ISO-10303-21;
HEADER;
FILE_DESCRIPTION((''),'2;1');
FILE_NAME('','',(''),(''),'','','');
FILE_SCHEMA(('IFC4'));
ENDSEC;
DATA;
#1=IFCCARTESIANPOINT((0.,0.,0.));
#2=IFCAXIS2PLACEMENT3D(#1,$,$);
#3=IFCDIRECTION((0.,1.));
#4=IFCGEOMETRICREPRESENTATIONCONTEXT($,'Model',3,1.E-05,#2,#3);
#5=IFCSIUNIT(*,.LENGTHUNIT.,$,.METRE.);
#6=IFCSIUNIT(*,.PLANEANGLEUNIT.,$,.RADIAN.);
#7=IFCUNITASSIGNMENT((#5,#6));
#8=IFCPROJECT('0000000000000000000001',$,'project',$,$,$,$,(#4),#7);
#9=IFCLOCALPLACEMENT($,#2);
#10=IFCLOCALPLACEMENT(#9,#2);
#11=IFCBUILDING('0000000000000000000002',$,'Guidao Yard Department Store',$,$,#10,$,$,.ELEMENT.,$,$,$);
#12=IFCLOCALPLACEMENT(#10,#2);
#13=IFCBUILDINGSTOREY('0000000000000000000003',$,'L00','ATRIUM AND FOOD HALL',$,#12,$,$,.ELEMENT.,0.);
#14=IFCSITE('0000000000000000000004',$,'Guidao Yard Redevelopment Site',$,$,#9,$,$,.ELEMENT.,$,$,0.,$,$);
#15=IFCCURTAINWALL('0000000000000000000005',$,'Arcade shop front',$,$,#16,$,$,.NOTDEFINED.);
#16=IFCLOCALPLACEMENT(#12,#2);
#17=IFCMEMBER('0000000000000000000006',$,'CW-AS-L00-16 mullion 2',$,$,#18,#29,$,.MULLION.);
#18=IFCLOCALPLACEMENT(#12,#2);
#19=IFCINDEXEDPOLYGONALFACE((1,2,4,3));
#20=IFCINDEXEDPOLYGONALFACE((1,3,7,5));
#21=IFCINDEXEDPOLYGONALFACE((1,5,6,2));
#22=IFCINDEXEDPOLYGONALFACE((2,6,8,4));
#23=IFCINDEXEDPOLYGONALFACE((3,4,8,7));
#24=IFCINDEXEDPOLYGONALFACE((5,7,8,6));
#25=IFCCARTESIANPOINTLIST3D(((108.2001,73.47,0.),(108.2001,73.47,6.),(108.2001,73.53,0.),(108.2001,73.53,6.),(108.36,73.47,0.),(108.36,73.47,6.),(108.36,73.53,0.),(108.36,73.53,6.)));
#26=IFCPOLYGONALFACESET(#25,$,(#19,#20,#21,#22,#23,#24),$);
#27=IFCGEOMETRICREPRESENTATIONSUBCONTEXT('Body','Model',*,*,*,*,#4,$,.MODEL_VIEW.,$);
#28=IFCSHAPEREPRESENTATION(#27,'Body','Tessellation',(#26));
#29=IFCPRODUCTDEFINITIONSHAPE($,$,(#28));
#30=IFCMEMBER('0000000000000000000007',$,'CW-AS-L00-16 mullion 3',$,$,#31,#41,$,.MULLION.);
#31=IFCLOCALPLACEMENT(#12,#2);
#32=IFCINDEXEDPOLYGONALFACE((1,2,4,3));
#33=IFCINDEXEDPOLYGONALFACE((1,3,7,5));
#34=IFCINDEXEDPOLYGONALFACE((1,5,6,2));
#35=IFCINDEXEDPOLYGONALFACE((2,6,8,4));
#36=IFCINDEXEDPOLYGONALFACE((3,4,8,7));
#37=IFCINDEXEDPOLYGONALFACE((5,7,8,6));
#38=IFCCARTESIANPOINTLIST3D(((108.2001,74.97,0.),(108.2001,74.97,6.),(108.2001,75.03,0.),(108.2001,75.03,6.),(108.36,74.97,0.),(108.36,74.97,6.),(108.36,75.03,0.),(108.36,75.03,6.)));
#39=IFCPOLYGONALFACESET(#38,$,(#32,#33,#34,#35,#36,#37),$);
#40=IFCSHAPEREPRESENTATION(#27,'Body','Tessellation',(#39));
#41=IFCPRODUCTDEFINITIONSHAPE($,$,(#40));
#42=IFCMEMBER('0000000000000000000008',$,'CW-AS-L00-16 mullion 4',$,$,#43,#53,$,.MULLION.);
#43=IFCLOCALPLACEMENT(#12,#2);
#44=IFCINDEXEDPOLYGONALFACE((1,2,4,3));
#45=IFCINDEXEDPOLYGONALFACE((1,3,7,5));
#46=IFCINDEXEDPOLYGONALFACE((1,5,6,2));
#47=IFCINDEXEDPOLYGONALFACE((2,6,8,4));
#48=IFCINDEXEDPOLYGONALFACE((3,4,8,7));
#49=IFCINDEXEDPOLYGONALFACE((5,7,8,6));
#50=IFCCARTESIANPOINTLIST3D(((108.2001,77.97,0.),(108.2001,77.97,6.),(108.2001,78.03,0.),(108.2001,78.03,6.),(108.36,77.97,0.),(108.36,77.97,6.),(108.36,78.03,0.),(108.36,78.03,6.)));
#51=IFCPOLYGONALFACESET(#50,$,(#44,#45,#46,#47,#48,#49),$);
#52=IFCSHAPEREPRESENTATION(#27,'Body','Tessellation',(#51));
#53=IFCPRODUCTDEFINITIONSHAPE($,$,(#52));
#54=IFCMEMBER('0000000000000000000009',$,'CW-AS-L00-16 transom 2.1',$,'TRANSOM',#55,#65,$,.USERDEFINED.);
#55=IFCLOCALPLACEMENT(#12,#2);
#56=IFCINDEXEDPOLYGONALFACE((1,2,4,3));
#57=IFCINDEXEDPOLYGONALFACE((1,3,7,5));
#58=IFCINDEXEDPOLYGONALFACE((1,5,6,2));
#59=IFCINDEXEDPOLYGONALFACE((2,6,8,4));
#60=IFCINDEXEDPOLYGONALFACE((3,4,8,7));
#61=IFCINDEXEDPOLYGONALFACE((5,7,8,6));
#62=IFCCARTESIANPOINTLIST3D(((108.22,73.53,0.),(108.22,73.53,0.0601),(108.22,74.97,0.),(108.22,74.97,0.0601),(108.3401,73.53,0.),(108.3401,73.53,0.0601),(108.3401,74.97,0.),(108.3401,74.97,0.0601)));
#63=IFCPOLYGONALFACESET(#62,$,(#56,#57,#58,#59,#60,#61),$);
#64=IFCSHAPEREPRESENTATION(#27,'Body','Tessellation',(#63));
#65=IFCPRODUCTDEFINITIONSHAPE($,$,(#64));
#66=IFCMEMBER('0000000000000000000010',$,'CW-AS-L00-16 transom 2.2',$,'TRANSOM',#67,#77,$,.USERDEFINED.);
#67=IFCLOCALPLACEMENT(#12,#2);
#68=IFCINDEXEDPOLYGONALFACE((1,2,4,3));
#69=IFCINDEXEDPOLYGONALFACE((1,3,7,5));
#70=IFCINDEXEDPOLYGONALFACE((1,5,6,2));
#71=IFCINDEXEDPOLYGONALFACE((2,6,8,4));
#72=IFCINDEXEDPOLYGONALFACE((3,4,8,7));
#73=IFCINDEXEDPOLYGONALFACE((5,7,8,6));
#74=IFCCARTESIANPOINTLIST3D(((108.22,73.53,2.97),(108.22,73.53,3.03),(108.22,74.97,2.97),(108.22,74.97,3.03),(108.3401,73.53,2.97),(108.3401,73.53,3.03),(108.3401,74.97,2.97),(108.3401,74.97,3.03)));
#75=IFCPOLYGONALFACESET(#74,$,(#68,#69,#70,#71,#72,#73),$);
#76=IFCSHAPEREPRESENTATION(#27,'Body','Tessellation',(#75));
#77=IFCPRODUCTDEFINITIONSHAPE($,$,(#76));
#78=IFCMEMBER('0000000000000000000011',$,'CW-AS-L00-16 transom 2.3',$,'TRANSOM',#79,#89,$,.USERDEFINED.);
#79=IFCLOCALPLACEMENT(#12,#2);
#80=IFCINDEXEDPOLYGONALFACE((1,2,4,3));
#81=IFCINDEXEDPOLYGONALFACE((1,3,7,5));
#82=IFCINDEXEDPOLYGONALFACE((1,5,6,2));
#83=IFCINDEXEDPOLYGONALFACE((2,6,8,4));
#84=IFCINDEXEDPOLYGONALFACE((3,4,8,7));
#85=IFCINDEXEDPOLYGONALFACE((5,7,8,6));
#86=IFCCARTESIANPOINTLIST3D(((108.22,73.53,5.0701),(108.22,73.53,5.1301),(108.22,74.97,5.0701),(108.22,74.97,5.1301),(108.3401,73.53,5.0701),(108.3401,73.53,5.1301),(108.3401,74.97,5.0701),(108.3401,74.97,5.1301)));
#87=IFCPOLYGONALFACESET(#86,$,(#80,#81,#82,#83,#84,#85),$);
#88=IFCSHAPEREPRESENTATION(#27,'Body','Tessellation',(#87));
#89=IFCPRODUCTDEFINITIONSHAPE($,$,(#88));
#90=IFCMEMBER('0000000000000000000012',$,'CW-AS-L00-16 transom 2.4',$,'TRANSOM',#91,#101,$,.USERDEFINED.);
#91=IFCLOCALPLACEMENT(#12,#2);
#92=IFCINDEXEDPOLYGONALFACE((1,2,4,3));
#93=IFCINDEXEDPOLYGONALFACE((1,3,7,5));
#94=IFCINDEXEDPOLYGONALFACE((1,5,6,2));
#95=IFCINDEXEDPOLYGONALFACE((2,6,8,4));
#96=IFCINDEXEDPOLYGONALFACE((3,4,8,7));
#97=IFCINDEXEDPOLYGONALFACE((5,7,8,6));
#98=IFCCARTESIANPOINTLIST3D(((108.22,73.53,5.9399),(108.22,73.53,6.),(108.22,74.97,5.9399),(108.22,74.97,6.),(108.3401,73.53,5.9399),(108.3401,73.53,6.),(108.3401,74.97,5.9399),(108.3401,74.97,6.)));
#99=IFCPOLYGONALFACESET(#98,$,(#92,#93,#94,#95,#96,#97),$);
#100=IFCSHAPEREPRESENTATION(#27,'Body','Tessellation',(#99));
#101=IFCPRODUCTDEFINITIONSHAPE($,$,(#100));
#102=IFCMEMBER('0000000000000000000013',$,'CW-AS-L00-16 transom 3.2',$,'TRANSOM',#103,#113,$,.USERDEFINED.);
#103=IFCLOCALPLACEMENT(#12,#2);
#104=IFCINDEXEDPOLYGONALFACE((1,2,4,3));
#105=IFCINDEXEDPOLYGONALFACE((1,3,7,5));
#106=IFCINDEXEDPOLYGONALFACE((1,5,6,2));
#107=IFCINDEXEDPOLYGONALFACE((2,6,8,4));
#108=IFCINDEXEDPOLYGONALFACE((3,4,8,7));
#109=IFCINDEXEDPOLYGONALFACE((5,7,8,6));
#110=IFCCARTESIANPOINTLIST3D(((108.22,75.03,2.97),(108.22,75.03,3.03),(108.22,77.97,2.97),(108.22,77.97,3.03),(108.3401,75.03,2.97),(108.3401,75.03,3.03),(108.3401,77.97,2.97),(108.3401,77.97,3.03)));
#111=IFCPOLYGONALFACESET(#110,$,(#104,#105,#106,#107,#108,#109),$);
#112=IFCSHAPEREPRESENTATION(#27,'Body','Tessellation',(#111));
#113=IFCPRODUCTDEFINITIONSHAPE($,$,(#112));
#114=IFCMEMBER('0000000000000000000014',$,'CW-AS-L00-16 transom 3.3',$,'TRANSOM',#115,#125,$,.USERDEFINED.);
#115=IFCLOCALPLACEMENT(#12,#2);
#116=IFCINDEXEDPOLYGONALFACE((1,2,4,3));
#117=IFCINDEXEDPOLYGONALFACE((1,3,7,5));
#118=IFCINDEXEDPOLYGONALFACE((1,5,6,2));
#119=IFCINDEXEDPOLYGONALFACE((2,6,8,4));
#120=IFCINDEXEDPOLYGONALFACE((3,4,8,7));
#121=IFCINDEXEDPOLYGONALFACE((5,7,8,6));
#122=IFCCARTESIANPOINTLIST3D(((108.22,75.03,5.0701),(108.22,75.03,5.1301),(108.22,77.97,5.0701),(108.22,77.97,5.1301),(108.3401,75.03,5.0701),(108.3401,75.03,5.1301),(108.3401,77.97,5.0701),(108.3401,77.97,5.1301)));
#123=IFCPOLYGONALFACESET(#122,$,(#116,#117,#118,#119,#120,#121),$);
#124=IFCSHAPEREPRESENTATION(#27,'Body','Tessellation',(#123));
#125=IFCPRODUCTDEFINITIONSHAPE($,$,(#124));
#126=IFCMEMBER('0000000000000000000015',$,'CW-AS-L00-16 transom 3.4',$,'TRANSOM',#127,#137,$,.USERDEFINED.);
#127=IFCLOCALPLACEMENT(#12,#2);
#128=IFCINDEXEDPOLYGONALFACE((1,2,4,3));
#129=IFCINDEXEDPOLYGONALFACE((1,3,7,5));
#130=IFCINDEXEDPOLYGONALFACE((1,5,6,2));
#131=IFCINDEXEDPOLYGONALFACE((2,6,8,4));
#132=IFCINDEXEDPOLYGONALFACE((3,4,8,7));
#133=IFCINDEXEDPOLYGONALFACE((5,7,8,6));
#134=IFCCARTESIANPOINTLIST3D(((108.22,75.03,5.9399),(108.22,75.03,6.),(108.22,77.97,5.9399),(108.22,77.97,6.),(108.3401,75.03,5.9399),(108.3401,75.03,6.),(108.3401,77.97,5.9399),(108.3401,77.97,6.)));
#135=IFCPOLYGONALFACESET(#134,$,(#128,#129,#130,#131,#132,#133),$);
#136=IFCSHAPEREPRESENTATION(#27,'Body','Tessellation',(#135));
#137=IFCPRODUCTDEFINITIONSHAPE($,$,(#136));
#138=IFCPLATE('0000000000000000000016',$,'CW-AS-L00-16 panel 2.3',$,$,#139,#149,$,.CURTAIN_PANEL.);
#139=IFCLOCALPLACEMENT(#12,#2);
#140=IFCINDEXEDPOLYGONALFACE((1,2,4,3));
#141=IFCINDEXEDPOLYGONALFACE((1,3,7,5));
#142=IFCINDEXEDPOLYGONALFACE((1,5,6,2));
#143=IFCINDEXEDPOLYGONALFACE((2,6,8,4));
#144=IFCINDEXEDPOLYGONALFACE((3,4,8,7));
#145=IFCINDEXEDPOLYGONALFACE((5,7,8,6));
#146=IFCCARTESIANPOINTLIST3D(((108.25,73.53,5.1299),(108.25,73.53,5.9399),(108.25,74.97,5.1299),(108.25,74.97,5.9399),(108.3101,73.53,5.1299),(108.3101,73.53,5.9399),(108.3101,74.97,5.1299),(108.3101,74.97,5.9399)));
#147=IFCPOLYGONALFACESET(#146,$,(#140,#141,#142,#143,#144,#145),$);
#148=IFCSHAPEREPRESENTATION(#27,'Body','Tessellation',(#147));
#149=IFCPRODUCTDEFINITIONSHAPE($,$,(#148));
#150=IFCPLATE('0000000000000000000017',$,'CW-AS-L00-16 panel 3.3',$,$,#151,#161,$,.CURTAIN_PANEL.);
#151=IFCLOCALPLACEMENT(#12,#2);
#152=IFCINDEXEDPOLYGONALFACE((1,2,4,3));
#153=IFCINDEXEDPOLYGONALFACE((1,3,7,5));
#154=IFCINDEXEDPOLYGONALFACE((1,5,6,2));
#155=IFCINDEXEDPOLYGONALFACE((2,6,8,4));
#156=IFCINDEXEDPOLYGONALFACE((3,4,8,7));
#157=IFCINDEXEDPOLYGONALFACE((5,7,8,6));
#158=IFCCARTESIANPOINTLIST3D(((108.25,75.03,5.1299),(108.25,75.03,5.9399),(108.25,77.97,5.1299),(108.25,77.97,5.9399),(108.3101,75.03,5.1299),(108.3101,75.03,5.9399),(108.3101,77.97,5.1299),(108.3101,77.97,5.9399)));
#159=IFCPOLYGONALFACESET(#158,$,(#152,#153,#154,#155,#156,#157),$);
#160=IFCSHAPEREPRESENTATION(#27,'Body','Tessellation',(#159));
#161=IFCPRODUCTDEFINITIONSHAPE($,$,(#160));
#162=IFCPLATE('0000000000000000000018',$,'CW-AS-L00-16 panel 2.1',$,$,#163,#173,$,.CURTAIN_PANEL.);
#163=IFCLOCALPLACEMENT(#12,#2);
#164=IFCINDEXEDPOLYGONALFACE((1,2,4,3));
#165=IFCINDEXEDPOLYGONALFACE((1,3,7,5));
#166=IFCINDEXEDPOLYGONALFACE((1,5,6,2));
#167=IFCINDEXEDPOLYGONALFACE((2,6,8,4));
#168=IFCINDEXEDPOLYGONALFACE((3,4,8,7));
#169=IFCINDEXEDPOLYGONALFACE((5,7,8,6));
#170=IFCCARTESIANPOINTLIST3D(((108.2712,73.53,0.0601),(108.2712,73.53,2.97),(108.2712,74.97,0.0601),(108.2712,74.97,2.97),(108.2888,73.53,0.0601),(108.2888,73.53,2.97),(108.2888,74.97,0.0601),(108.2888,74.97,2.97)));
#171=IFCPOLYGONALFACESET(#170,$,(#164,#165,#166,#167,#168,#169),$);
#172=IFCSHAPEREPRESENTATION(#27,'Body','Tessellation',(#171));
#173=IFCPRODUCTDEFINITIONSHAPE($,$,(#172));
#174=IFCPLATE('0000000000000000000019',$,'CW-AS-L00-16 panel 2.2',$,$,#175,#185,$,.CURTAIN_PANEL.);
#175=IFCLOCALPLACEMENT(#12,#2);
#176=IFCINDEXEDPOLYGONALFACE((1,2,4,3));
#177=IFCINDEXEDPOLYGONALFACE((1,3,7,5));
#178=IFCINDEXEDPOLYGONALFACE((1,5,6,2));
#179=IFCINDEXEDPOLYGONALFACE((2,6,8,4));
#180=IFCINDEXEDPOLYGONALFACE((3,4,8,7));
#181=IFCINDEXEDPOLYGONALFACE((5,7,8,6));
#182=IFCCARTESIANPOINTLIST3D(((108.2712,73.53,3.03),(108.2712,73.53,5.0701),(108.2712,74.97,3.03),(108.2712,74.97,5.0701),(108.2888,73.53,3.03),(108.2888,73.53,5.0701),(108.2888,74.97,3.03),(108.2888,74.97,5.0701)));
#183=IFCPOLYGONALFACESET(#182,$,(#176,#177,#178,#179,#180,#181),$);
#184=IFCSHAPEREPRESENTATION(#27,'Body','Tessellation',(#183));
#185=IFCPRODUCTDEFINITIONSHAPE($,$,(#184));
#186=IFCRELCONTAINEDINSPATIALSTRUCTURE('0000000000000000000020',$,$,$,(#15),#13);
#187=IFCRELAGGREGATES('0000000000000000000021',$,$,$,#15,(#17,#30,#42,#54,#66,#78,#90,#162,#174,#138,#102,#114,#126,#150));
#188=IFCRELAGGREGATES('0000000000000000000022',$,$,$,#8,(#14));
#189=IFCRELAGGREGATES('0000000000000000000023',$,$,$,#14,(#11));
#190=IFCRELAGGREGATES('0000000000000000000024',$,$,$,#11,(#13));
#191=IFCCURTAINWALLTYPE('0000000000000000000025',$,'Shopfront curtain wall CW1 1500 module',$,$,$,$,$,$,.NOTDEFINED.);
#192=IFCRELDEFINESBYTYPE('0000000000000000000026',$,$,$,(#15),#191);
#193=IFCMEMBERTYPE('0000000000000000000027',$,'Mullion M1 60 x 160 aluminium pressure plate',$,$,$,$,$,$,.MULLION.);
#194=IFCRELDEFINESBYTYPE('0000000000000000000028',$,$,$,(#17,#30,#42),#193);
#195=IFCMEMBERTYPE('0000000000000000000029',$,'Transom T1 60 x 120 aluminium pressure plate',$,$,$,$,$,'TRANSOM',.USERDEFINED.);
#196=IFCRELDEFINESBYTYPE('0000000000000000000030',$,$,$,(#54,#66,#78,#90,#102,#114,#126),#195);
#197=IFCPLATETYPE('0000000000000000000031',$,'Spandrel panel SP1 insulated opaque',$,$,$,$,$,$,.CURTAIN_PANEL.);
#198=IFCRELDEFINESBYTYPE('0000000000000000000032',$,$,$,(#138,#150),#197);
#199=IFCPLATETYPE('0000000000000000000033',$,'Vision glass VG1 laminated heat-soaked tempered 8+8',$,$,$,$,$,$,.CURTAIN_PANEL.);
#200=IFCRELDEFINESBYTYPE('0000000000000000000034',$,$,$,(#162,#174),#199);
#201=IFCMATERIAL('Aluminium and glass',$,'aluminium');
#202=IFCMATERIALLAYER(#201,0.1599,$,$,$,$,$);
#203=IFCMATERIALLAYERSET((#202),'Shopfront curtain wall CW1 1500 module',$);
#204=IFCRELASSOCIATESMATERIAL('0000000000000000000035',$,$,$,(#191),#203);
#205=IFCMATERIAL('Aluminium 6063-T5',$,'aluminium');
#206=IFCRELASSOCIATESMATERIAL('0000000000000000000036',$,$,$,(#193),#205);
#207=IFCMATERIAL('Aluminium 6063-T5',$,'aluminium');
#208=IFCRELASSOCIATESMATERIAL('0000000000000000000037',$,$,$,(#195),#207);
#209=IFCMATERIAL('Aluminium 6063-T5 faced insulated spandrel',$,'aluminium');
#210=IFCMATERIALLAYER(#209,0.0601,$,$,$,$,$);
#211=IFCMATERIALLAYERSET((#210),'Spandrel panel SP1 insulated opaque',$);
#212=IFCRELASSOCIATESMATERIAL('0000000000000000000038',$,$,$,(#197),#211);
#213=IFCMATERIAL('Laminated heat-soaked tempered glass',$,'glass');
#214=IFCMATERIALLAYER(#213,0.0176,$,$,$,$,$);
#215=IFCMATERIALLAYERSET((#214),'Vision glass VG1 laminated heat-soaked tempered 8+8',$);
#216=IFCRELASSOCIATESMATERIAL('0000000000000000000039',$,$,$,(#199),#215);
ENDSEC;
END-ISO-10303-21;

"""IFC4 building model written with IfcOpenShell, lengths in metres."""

from ifc_helpers import new_model, si_unit, direction, frame, origin, origin_2d, place, context, subcontext, project, spatial, rectangle, extrude, material, layer, layer_set, material_profile, profile_set, type_object, element, aggregate, save


model = new_model("IFC4")

# Units and contexts
model_context = context("Model", 3, precision=1e-05, world=origin(), true_north=direction((0.0, 1.0)))
body_context = subcontext(model_context, "Body", "Model", "MODEL_VIEW")
ifc_project = project(units=[si_unit("LENGTHUNIT", "METRE"), si_unit("PLANEANGLEUNIT", "RADIAN")], contexts=[model_context])

# Site, building, storey
site_placement = place(None, origin())
site = spatial("IfcSite", under=ifc_project, at=site_placement, Name="Guidao Yard Redevelopment Site", CompositionType="ELEMENT", RefElevation=0.0)
building_placement = place(site_placement, origin())
building = spatial("IfcBuilding", under=site, at=building_placement, Name="Guidao Yard Department Store", CompositionType="ELEMENT")
storey_placement = place(building_placement, origin())
storey = spatial("IfcBuildingStorey", under=building, at=storey_placement, Name="L00", Description="ATRIUM AND FOOD HALL", CompositionType="ELEMENT", Elevation=0.0)

# Curtain wall, members, plates
ifc_material_1 = material(Name="Aluminium and glass", Category="aluminium")
ifc_layer_1 = layer(ifc_material_1, 0.1599)
ifc_layer_set_1 = layer_set([ifc_layer_1], Name="Shopfront curtain wall CW1 1500 module")
curtain_wall_type = type_object("IfcCurtainWallType", Name="Shopfront curtain wall CW1 1500 module", PredefinedType="NOTDEFINED", material=ifc_layer_set_1)
curtain_wall_placement = place(storey_placement, origin())
curtain_wall = element("IfcCurtainWall", 1, at=curtain_wall_placement, inside=storey, type_object=curtain_wall_type, Name="Arcade shop front", PredefinedType="NOTDEFINED")
ifc_material_2 = material(Name="Aluminium 6063-T5", Category="aluminium")
ifc_material_profile_1 = material_profile(ifc_material_2, rectangle(XDim=0.0601, YDim=0.1599, at=origin_2d()), Name="Mullion M1 60 x 160 aluminium pressure plate")
ifc_profile_set_1 = profile_set([ifc_material_profile_1], Name="Aluminium 6063-T5")
member_type_1 = type_object("IfcMemberType", Name="Mullion M1 60 x 160 aluminium pressure plate", PredefinedType="MULLION", material=ifc_profile_set_1)
member_1_placement = place(storey_placement, frame((108.28, 73.5, 0.0), z_axis=(0.0, 0.0, 1.0), x_axis=(0.0, -1.0, 0.0)))
member_1 = element("IfcMember", 2, at=member_1_placement, type_object=member_type_1, Name="CW-AS-L00-16 mullion 2", PredefinedType="MULLION", context=body_context, shape_type="SweptSolid", body=[
    extrude(rectangle(XDim=0.0601, YDim=0.1599, at=origin_2d()), origin(), (0.0, 0.0, 1.0), 6.0),
])
member_2_placement = place(storey_placement, frame((108.28, 75.0, 0.0), z_axis=(0.0, 0.0, 1.0), x_axis=(0.0, -1.0, 0.0)))
member_2 = element("IfcMember", 3, at=member_2_placement, type_object=member_type_1, Name="CW-AS-L00-16 mullion 3", PredefinedType="MULLION", context=body_context, shape_type="SweptSolid", body=[
    extrude(rectangle(XDim=0.0601, YDim=0.1599, at=origin_2d()), origin(), (0.0, 0.0, 1.0), 6.0),
])
member_3_placement = place(storey_placement, frame((108.28, 78.0, 0.0), z_axis=(0.0, 0.0, 1.0), x_axis=(0.0, -1.0, 0.0)))
member_3 = element("IfcMember", 4, at=member_3_placement, type_object=member_type_1, Name="CW-AS-L00-16 mullion 4", PredefinedType="MULLION", context=body_context, shape_type="SweptSolid", body=[
    extrude(rectangle(XDim=0.0601, YDim=0.1599, at=origin_2d()), origin(), (0.0, 0.0, 1.0), 6.0),
])
ifc_material_3 = material(Name="Aluminium 6063-T5", Category="aluminium")
ifc_material_profile_2 = material_profile(ifc_material_3, rectangle(XDim=0.1201, YDim=0.0601, at=origin_2d()), Name="Transom T1 60 x 120 aluminium pressure plate")
ifc_profile_set_2 = profile_set([ifc_material_profile_2], Name="Aluminium 6063-T5")
member_type_2 = type_object("IfcMemberType", Name="Transom T1 60 x 120 aluminium pressure plate", ElementType="TRANSOM", PredefinedType="USERDEFINED", material=ifc_profile_set_2)
member_4_placement = place(storey_placement, frame((108.28, 74.97, 0.03), z_axis=(0.0, -1.0, 0.0), x_axis=(1.0, 0.0, 0.0)))
member_4 = element("IfcMember", 5, at=member_4_placement, type_object=member_type_2, Name="CW-AS-L00-16 transom 2.1", ObjectType="TRANSOM", PredefinedType="USERDEFINED", context=body_context, shape_type="SweptSolid", body=[
    extrude(rectangle(XDim=0.1201, YDim=0.0601, at=origin_2d()), origin(), (0.0, 0.0, 1.0), 1.4399),
])
member_5_placement = place(storey_placement, frame((108.28, 74.97, 3.0), z_axis=(0.0, -1.0, 0.0), x_axis=(1.0, 0.0, 0.0)))
member_5 = element("IfcMember", 6, at=member_5_placement, type_object=member_type_2, Name="CW-AS-L00-16 transom 2.2", ObjectType="TRANSOM", PredefinedType="USERDEFINED", context=body_context, shape_type="SweptSolid", body=[
    extrude(rectangle(XDim=0.1201, YDim=0.0601, at=origin_2d()), origin(), (0.0, 0.0, 1.0), 1.4399),
])
member_6_placement = place(storey_placement, frame((108.28, 74.97, 5.1001), z_axis=(0.0, -1.0, 0.0), x_axis=(1.0, 0.0, 0.0)))
member_6 = element("IfcMember", 7, at=member_6_placement, type_object=member_type_2, Name="CW-AS-L00-16 transom 2.3", ObjectType="TRANSOM", PredefinedType="USERDEFINED", context=body_context, shape_type="SweptSolid", body=[
    extrude(rectangle(XDim=0.1201, YDim=0.0601, at=origin_2d()), origin(), (0.0, 0.0, 1.0), 1.4399),
])
member_7_placement = place(storey_placement, frame((108.28, 74.97, 5.97), z_axis=(0.0, -1.0, 0.0), x_axis=(1.0, 0.0, 0.0)))
member_7 = element("IfcMember", 8, at=member_7_placement, type_object=member_type_2, Name="CW-AS-L00-16 transom 2.4", ObjectType="TRANSOM", PredefinedType="USERDEFINED", context=body_context, shape_type="SweptSolid", body=[
    extrude(rectangle(XDim=0.1201, YDim=0.0601, at=origin_2d()), origin(), (0.0, 0.0, 1.0), 1.4399),
])
member_8_placement = place(storey_placement, frame((108.28, 77.97, 3.0), z_axis=(0.0, -1.0, 0.0), x_axis=(1.0, 0.0, 0.0)))
member_8 = element("IfcMember", 9, at=member_8_placement, type_object=member_type_2, Name="CW-AS-L00-16 transom 3.2", ObjectType="TRANSOM", PredefinedType="USERDEFINED", context=body_context, shape_type="SweptSolid", body=[
    extrude(rectangle(XDim=0.1201, YDim=0.0601, at=origin_2d()), origin(), (0.0, 0.0, 1.0), 2.9399),
])
member_9_placement = place(storey_placement, frame((108.28, 77.97, 5.1001), z_axis=(0.0, -1.0, 0.0), x_axis=(1.0, 0.0, 0.0)))
member_9 = element("IfcMember", 10, at=member_9_placement, type_object=member_type_2, Name="CW-AS-L00-16 transom 3.3", ObjectType="TRANSOM", PredefinedType="USERDEFINED", context=body_context, shape_type="SweptSolid", body=[
    extrude(rectangle(XDim=0.1201, YDim=0.0601, at=origin_2d()), origin(), (0.0, 0.0, 1.0), 2.9399),
])
member_10_placement = place(storey_placement, frame((108.28, 77.97, 5.97), z_axis=(0.0, -1.0, 0.0), x_axis=(1.0, 0.0, 0.0)))
member_10 = element("IfcMember", 11, at=member_10_placement, type_object=member_type_2, Name="CW-AS-L00-16 transom 3.4", ObjectType="TRANSOM", PredefinedType="USERDEFINED", context=body_context, shape_type="SweptSolid", body=[
    extrude(rectangle(XDim=0.1201, YDim=0.0601, at=origin_2d()), origin(), (0.0, 0.0, 1.0), 2.9399),
])
ifc_material_4 = material(Name="Aluminium 6063-T5 faced insulated spandrel", Category="aluminium")
ifc_layer_2 = layer(ifc_material_4, 0.0601)
ifc_layer_set_2 = layer_set([ifc_layer_2], Name="Spandrel panel SP1 insulated opaque")
plate_type_1 = type_object("IfcPlateType", Name="Spandrel panel SP1 insulated opaque", PredefinedType="CURTAIN_PANEL", material=ifc_layer_set_2)
plate_1_placement = place(storey_placement, frame((108.28, 74.25, 5.1299), z_axis=(0.0, 0.0, 1.0), x_axis=(0.0, -1.0, 0.0)))
plate_1 = element("IfcPlate", 12, at=plate_1_placement, type_object=plate_type_1, Name="CW-AS-L00-16 panel 2.3", PredefinedType="CURTAIN_PANEL", context=body_context, shape_type="SweptSolid", body=[
    extrude(rectangle(XDim=1.4399, YDim=0.0601, at=origin_2d()), origin(), (0.0, 0.0, 1.0), 0.8101),
])
plate_2_placement = place(storey_placement, frame((108.28, 76.5, 5.1299), z_axis=(0.0, 0.0, 1.0), x_axis=(0.0, -1.0, 0.0)))
plate_2 = element("IfcPlate", 13, at=plate_2_placement, type_object=plate_type_1, Name="CW-AS-L00-16 panel 3.3", PredefinedType="CURTAIN_PANEL", context=body_context, shape_type="SweptSolid", body=[
    extrude(rectangle(XDim=2.9399, YDim=0.0601, at=origin_2d()), origin(), (0.0, 0.0, 1.0), 0.8101),
])
ifc_material_5 = material(Name="Laminated heat-soaked tempered glass", Category="glass")
ifc_layer_3 = layer(ifc_material_5, 0.0176)
ifc_layer_set_3 = layer_set([ifc_layer_3], Name="Vision glass VG1 laminated heat-soaked tempered 8+8")
plate_type_2 = type_object("IfcPlateType", Name="Vision glass VG1 laminated heat-soaked tempered 8+8", PredefinedType="CURTAIN_PANEL", material=ifc_layer_set_3)
plate_3_placement = place(storey_placement, frame((108.28, 74.25, 0.0601), z_axis=(0.0, 0.0, 1.0), x_axis=(0.0, -1.0, 0.0)))
plate_3 = element("IfcPlate", 14, at=plate_3_placement, type_object=plate_type_2, Name="CW-AS-L00-16 panel 2.1", PredefinedType="CURTAIN_PANEL", context=body_context, shape_type="SweptSolid", body=[
    extrude(rectangle(XDim=1.4399, YDim=0.0176, at=origin_2d()), origin(), (0.0, 0.0, 1.0), 2.9099),
])
plate_4_placement = place(storey_placement, frame((108.28, 74.25, 3.03), z_axis=(0.0, 0.0, 1.0), x_axis=(0.0, -1.0, 0.0)))
plate_4 = element("IfcPlate", 15, at=plate_4_placement, type_object=plate_type_2, Name="CW-AS-L00-16 panel 2.2", PredefinedType="CURTAIN_PANEL", context=body_context, shape_type="SweptSolid", body=[
    extrude(rectangle(XDim=1.4399, YDim=0.0176, at=origin_2d()), origin(), (0.0, 0.0, 1.0), 2.04),
])
aggregate(curtain_wall, [member_1, member_2, member_3, member_4, member_5, member_6, member_7, plate_3, plate_4, plate_1, member_8, member_9, member_10, plate_2])

save(model, "model.ifc")
